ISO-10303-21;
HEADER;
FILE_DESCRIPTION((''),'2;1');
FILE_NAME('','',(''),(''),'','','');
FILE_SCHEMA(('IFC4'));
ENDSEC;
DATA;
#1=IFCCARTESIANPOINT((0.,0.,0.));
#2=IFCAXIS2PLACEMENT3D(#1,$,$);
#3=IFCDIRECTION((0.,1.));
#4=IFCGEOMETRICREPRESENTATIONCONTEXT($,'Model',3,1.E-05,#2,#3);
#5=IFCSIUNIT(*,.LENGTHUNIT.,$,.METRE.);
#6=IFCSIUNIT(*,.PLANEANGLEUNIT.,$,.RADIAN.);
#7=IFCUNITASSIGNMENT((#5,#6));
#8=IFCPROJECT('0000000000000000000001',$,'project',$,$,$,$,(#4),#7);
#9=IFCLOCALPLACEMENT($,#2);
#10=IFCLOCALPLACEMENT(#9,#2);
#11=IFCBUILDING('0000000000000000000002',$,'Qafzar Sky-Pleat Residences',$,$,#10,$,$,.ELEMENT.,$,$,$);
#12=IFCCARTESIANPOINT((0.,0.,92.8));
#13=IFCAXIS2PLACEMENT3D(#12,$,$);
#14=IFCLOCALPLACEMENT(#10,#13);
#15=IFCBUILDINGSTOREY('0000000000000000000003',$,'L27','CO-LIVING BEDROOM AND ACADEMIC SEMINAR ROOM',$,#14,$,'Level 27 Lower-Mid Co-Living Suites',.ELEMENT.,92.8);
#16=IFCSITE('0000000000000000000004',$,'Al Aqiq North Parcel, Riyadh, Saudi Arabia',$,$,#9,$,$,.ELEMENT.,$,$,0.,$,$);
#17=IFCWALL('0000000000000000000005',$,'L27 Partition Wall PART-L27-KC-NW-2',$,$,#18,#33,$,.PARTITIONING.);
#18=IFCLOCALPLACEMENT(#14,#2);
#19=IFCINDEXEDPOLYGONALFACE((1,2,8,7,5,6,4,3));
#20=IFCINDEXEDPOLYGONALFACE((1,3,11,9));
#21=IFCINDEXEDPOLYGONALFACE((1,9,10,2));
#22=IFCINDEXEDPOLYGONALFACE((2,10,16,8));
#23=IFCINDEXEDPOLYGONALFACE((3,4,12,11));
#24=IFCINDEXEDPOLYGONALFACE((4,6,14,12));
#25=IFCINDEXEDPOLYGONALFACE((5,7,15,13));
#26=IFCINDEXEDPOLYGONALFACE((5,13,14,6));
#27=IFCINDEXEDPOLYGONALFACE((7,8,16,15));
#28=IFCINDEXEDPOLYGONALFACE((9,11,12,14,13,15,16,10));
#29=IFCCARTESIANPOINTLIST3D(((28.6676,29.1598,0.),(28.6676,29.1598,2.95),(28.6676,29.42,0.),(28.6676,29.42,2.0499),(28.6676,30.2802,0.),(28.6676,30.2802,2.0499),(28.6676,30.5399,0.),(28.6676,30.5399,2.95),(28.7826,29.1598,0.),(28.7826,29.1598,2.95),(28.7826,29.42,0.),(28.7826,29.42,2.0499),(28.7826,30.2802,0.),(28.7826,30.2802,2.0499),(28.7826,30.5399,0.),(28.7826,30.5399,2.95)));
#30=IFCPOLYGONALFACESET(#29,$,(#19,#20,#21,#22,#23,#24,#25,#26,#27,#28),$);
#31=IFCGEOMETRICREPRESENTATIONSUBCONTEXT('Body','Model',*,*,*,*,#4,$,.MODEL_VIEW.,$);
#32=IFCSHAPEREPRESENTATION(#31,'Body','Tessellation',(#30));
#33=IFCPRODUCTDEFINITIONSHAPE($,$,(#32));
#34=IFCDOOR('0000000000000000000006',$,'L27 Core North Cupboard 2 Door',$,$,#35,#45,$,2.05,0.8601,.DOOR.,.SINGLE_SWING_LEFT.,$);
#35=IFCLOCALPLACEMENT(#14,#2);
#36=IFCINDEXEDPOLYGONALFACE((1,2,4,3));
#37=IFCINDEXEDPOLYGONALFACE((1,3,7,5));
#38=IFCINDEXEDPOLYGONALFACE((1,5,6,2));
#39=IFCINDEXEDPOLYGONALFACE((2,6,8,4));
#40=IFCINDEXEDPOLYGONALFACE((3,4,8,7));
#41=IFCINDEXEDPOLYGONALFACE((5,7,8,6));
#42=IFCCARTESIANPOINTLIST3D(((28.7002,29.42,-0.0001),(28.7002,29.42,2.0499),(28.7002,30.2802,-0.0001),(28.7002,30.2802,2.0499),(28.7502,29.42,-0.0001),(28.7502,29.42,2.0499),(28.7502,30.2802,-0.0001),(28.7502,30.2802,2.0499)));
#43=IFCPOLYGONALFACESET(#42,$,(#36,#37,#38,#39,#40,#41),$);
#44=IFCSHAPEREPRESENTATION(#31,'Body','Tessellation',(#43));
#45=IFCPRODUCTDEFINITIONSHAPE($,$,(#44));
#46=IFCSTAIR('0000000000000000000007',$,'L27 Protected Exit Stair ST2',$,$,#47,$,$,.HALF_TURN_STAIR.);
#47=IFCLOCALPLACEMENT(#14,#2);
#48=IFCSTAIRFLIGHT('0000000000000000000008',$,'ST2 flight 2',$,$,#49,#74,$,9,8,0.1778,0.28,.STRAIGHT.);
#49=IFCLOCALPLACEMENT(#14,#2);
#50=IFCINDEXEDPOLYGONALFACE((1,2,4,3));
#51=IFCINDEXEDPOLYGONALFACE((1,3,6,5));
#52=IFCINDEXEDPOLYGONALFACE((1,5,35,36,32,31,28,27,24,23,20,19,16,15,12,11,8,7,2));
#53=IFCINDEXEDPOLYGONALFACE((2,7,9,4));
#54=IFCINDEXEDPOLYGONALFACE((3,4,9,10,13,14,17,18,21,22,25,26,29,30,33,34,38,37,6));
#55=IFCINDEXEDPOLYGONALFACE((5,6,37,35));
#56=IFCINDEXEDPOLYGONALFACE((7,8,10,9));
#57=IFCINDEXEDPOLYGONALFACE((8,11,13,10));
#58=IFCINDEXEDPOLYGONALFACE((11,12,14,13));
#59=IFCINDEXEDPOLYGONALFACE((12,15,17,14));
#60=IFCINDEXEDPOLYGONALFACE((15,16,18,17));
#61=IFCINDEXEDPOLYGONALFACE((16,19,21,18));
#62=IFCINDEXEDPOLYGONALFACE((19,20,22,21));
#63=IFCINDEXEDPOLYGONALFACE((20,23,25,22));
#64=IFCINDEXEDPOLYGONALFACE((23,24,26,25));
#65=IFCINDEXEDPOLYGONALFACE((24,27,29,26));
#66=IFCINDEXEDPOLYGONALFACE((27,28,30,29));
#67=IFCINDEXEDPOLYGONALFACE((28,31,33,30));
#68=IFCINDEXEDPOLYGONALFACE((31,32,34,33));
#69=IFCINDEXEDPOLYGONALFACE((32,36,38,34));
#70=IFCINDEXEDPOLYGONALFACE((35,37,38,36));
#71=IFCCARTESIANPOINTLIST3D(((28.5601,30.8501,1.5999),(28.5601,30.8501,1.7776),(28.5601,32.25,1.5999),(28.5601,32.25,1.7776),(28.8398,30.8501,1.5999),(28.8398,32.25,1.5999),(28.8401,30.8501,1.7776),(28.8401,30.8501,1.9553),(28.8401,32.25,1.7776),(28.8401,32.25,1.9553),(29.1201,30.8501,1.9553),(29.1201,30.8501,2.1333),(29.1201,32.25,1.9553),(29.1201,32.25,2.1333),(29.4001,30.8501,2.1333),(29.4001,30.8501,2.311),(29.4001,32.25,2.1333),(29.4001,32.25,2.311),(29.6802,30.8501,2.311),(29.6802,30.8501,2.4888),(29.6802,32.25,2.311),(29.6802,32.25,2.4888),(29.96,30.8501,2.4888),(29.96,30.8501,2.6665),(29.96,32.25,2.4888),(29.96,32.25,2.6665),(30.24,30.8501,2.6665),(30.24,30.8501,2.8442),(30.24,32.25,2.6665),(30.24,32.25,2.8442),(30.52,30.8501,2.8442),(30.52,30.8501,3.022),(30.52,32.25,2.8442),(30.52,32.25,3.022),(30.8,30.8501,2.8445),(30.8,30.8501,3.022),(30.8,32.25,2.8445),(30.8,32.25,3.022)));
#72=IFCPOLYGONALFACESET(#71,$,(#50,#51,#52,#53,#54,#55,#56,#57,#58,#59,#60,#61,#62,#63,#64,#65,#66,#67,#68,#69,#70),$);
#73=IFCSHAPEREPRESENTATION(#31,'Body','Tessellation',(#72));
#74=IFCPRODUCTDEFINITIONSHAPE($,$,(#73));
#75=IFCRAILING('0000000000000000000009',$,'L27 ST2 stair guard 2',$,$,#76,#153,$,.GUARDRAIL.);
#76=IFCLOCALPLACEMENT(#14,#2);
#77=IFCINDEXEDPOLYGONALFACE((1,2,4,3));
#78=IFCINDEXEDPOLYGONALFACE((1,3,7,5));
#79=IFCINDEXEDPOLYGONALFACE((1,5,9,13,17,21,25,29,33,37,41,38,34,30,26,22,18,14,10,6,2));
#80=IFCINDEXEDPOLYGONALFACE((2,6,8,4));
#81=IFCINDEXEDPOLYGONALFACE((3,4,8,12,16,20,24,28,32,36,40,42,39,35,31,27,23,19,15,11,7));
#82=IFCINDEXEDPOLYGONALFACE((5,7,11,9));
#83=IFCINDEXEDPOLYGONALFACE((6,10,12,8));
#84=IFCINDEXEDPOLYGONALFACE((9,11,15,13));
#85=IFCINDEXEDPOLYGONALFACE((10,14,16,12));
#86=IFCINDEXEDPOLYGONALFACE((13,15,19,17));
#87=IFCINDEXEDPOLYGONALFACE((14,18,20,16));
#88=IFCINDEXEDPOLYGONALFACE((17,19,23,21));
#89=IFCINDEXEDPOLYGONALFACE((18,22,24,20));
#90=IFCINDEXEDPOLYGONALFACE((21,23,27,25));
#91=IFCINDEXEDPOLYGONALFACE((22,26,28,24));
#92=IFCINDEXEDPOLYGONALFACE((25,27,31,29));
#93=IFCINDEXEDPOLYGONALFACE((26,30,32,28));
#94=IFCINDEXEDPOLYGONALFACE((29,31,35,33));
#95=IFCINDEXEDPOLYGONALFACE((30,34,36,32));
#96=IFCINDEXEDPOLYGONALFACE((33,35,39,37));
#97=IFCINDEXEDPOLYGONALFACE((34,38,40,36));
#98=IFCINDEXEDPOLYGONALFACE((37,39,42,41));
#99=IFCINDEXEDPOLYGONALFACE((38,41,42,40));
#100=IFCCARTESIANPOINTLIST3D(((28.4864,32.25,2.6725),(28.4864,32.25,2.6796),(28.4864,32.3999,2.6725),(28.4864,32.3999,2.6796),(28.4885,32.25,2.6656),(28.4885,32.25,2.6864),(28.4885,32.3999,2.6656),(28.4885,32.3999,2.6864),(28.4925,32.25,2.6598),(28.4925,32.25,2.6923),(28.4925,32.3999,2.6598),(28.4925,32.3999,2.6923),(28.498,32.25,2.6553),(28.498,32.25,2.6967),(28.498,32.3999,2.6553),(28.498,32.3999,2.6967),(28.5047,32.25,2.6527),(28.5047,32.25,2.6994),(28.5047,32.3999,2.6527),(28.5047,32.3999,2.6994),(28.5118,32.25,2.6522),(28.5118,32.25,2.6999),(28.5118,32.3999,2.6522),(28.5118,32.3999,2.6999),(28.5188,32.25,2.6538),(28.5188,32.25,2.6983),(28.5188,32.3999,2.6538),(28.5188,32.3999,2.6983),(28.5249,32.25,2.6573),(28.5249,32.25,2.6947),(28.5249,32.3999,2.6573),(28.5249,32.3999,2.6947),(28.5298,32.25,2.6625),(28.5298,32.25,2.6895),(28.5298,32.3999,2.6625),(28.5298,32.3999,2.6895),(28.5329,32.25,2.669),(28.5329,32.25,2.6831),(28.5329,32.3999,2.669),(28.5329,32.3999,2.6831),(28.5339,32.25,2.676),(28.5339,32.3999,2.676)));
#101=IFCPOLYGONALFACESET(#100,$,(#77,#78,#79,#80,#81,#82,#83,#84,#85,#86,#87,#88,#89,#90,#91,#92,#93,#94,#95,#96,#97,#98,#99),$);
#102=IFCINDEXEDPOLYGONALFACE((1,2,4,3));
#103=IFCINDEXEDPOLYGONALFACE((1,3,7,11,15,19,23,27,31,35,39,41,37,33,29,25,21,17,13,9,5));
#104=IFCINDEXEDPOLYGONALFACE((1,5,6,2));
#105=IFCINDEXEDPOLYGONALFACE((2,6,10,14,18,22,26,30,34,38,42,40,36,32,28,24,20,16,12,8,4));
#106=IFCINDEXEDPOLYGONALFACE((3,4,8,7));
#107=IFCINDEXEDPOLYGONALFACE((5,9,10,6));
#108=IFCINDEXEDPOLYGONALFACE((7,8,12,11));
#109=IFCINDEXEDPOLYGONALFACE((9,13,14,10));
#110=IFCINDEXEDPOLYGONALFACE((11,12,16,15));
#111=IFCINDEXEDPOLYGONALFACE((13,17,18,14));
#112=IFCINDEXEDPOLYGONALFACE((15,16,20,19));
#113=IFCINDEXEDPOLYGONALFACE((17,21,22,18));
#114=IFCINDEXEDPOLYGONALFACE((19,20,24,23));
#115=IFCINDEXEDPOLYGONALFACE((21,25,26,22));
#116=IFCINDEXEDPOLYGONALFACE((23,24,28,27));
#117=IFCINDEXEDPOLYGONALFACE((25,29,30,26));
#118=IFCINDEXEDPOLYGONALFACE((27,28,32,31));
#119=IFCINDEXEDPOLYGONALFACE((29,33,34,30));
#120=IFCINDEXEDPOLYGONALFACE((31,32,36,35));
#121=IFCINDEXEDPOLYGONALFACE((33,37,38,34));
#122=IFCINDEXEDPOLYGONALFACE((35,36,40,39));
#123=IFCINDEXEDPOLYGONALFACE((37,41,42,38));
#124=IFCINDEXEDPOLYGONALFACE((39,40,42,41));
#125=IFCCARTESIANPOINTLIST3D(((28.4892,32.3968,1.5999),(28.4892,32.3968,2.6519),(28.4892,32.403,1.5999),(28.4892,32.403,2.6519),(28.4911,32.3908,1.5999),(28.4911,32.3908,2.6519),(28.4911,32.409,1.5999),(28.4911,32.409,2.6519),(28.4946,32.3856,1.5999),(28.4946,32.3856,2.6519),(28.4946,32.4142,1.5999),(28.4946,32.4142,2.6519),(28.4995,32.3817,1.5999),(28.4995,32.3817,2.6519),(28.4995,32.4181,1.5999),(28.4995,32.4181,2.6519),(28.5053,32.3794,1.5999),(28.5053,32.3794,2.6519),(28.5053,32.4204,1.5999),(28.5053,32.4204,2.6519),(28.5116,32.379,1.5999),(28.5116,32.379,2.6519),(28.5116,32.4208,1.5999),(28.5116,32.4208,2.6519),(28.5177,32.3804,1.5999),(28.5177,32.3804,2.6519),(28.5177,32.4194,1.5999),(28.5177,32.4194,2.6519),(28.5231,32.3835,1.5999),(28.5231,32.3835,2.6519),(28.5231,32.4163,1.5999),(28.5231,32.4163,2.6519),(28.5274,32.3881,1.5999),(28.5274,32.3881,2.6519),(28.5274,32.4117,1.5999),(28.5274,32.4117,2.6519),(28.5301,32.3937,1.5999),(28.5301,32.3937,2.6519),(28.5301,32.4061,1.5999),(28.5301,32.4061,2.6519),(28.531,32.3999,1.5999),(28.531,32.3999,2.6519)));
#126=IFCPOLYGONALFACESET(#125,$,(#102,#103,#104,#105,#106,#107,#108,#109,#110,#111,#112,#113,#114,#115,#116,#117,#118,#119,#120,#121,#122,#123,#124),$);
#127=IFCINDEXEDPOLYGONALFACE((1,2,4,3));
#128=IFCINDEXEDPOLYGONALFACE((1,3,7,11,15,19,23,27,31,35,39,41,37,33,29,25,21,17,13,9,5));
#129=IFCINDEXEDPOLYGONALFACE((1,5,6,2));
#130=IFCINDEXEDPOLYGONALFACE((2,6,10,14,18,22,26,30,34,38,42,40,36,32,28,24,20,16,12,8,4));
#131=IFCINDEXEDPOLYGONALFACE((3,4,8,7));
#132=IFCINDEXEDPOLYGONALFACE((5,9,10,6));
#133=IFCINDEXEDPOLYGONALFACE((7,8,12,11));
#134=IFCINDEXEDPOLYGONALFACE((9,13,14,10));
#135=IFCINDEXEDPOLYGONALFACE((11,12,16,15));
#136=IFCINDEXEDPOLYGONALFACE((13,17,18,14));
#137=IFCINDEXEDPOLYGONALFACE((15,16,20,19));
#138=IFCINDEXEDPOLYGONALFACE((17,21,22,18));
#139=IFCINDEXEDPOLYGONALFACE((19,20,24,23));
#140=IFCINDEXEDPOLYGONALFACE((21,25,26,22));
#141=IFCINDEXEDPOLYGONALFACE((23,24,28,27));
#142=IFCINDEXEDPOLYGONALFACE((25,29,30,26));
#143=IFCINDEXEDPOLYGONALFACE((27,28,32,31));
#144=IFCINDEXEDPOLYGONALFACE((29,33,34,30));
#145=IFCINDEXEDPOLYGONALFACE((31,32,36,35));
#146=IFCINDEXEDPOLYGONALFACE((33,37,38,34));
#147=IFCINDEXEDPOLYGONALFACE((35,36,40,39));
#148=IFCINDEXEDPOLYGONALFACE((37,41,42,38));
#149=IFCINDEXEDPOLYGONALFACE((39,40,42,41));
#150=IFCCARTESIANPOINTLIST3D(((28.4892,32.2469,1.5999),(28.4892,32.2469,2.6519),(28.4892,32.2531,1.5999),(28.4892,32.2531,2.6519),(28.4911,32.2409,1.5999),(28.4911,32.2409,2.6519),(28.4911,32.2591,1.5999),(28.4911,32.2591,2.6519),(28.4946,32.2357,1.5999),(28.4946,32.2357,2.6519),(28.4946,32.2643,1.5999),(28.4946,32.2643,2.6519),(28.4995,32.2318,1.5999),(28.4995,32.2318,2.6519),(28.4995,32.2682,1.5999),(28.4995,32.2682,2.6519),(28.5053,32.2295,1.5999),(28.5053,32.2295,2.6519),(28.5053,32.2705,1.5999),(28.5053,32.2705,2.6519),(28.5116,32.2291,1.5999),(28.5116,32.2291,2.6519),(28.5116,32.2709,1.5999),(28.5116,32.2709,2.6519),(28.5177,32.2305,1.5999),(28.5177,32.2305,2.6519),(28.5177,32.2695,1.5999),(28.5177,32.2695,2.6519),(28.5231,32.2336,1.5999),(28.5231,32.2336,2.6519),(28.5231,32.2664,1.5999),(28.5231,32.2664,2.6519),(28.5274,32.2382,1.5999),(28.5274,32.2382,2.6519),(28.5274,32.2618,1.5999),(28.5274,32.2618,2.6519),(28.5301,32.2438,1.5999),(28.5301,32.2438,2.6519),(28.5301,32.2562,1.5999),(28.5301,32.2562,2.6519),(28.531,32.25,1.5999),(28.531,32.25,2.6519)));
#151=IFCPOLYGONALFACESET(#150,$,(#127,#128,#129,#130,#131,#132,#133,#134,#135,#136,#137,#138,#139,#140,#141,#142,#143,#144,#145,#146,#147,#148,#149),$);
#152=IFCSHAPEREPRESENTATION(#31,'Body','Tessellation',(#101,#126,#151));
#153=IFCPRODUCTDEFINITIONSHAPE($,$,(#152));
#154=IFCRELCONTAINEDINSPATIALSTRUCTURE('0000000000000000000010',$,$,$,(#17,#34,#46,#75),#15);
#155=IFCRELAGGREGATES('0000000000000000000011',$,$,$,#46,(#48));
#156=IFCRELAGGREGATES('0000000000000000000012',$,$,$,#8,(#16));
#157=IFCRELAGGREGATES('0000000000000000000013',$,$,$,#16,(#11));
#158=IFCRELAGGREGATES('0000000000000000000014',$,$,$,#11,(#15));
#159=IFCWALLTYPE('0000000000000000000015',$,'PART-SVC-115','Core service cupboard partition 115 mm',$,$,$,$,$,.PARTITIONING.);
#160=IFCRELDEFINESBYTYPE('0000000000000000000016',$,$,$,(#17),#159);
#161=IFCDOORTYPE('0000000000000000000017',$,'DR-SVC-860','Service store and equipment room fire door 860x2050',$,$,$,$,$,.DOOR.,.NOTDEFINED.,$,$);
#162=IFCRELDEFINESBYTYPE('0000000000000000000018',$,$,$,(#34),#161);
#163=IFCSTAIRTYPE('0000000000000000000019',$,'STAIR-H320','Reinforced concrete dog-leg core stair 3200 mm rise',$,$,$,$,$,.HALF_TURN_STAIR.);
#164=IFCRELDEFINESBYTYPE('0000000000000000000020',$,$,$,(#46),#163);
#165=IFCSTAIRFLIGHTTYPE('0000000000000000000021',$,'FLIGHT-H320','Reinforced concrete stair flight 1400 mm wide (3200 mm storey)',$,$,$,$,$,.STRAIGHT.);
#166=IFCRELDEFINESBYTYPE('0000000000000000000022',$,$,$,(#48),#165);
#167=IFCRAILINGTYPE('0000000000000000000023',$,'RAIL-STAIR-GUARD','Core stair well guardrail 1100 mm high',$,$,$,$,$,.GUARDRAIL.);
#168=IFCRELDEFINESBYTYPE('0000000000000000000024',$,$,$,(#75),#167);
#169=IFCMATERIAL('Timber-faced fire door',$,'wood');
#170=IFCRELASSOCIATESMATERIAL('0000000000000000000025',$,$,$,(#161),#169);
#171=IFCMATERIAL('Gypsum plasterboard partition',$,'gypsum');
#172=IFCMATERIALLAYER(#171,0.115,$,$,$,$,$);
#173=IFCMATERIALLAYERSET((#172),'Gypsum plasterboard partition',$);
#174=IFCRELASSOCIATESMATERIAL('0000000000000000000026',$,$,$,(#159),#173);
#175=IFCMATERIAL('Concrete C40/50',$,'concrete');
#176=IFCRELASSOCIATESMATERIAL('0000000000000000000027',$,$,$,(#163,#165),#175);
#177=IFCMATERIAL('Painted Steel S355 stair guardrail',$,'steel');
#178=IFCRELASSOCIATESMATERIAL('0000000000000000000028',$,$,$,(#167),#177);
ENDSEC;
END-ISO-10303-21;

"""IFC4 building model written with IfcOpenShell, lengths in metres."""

from ifc_helpers import new_model, si_unit, direction, frame, frame_2d, origin, origin_2d, place, context, subcontext, project, spatial, polyline, rectangle, circle, outline, extrude, source, transform, mapped, material, layer, layer_set, type_object, element, fill, aggregate, save


model = new_model("IFC4")

# Units and contexts
model_context = context("Model", 3, precision=1e-05, world=origin(), true_north=direction((0.0, 1.0)))
body_context = subcontext(model_context, "Body", "Model", "MODEL_VIEW")
ifc_project = project(units=[si_unit("LENGTHUNIT", "METRE"), si_unit("PLANEANGLEUNIT", "RADIAN")], contexts=[model_context])

# Site, building, storey
site_placement = place(None, origin())
site = spatial("IfcSite", under=ifc_project, at=site_placement, Name="Al Aqiq North Parcel, Riyadh, Saudi Arabia", CompositionType="ELEMENT", RefElevation=0.0)
building_placement = place(site_placement, origin())
building = spatial("IfcBuilding", under=site, at=building_placement, Name="Qafzar Sky-Pleat Residences", CompositionType="ELEMENT")
storey_placement = place(building_placement, frame((0.0, 0.0, 92.8)))
storey = spatial("IfcBuildingStorey", under=building, at=storey_placement, Name="L27", Description="CO-LIVING BEDROOM AND ACADEMIC SEMINAR ROOM", LongName="Level 27 Lower-Mid Co-Living Suites", CompositionType="ELEMENT", Elevation=92.8)

# Shared definitions
ifc_material_1 = material(Name="Timber-faced fire door", Category="wood")
door_type_1 = type_object("IfcDoorType", Name="DR-SVC-860", Description="Service store and equipment room fire door 860x2050", OperationType="NOTDEFINED", PredefinedType="DOOR", material=ifc_material_1)
shared_shape_1 = source(origin(), body_context, "Body", "SweptSolid", [
    extrude(rectangle(XDim=0.8601, YDim=2.05, at=frame_2d((0.4302, 1.0249))), frame((0.0, 0.0249, 0.0), z_axis=(0.0, -1.0, 0.0), x_axis=(1.0, 0.0, 0.0)), (0.0, 0.0, 1.0), 0.05),
])

# Wall, opening, door
ifc_material_2 = material(Name="Gypsum plasterboard partition", Category="gypsum")
ifc_layer_1 = layer(ifc_material_2, 0.115)
ifc_layer_set_1 = layer_set([ifc_layer_1], Name="Gypsum plasterboard partition")
wall_type_1 = type_object("IfcWallType", Name="PART-SVC-115", Description="Core service cupboard partition 115 mm", PredefinedType="PARTITIONING", material=ifc_layer_set_1)
wall_1_placement = place(storey_placement, frame((28.7251, 29.1599, 0.0), z_axis=(0.0, 0.0, 1.0), x_axis=(0.0, 1.0, 0.0)))
wall_1 = element("IfcWall", 1, at=wall_1_placement, inside=storey, type_object=wall_type_1, Name="L27 Partition Wall PART-L27-KC-NW-2", PredefinedType="PARTITIONING", context=body_context, shape_type="SweptSolid", body=[
    extrude(rectangle(XDim=1.3801, YDim=0.115, at=frame_2d((0.6899, 0.0))), origin(), (0.0, 0.0, 1.0), 2.95),
])
opening_1_placement = place(wall_1_placement, frame((0.26, 0.0, 0.0)))
opening_1 = element("IfcOpeningElement", 2, at=opening_1_placement, cuts=wall_1, PredefinedType="OPENING", context=body_context, shape_type="SweptSolid", body=[
    extrude(rectangle(XDim=0.8601, YDim=2.05, at=frame_2d((0.4302, 1.0249))), frame((0.0, 0.0674, 0.0), z_axis=(0.0, -1.0, 0.0), x_axis=(1.0, 0.0, 0.0)), (0.0, 0.0, 1.0), 0.135),
])
door_1_placement = place(opening_1_placement, origin())
door_1 = element("IfcDoor", 3, at=door_1_placement, inside=storey, type_object=door_type_1, Name="L27 Core North Cupboard 2 Door", OperationType="SINGLE_SWING_LEFT", OverallHeight=2.05, OverallWidth=0.8601, PredefinedType="DOOR", context=body_context, shape_type="MappedRepresentation", body=[
    mapped(shared_shape_1, transform((0.0, 0.0, 0.0), x_axis=(1.0, 0.0, 0.0), y_axis=(0.0, 1.0, 0.0), z_axis=(0.0, 0.0, 1.0), scale=1.0)),
])
fill(opening_1, door_1)

# Stair, stair flight
ifc_material_3 = material(Name="Concrete C40/50", Category="concrete")
stair_type = type_object("IfcStairType", Name="STAIR-H320", Description="Reinforced concrete dog-leg core stair 3200 mm rise", PredefinedType="HALF_TURN_STAIR", material=ifc_material_3)
stair_placement = place(storey_placement, origin())
stair = element("IfcStair", 4, at=stair_placement, inside=storey, type_object=stair_type, Name="L27 Protected Exit Stair ST2", PredefinedType="HALF_TURN_STAIR")
stair_flight_type = type_object("IfcStairFlightType", Name="FLIGHT-H320", Description="Reinforced concrete stair flight 1400 mm wide (3200 mm storey)", PredefinedType="STRAIGHT", material=ifc_material_3)
shared_shape_2 = source(origin(), body_context, "Body", "SweptSolid", [
    extrude(outline(polyline([(0.0, 0.0), (0.0, 0.1777), (0.28, 0.1777), (0.28, 0.3555), (0.5601, 0.3555), (0.5601, 0.5334), (0.8401, 0.5334), (0.8401, 0.7112), (1.1201, 0.7112), (1.1201, 0.8889), (1.3999, 0.8889), (1.3999, 1.0667), (1.6799, 1.0667), (1.6799, 1.2444), (1.96, 1.2444), (1.96, 1.4221), (2.24, 1.4221), (2.24, 1.6001), (2.24, 1.2446), (0.2798, 0.0), (0.0, 0.0)])), frame((0.0, 0.7, 0.0), z_axis=(0.0, -1.0, 0.0), x_axis=(1.0, 0.0, 0.0)), (0.0, 0.0, 1.0), 1.3999),
])
stair_flight_placement = place(storey_placement, frame((28.5601, 31.55, 1.5999), z_axis=(0.0, 0.0, 1.0), x_axis=(1.0, 0.0, 0.0)))
stair_flight = element("IfcStairFlight", 5, at=stair_flight_placement, type_object=stair_flight_type, Name="ST2 flight 2", NumberOfRisers=9, NumberOfTreads=8, PredefinedType="STRAIGHT", RiserHeight=0.1778, TreadLength=0.28, context=body_context, shape_type="MappedRepresentation", body=[
    mapped(shared_shape_2, transform((0.0, 0.0, 0.0), x_axis=(1.0, 0.0, 0.0), y_axis=(0.0, 1.0, 0.0), z_axis=(0.0, 0.0, 1.0), scale=1.0)),
])
aggregate(stair, [stair_flight])

# Railing
ifc_material_4 = material(Name="Painted Steel S355 stair guardrail", Category="steel")
railing_type_1 = type_object("IfcRailingType", Name="RAIL-STAIR-GUARD", Description="Core stair well guardrail 1100 mm high", PredefinedType="GUARDRAIL", material=ifc_material_4)
shared_shape_3 = source(origin(), body_context, "Body", "SweptSolid", [
    extrude(circle(Radius=0.0239, at=origin_2d()), frame((0.0, 0.0, 1.0762), z_axis=(0.0, -1.0, 0.0), x_axis=(1.0, 0.0, 0.0)), (0.0, 0.0, 1.0), 0.1499),
    extrude(circle(Radius=0.021, at=origin_2d()), origin(), (0.0, 0.0, 1.0), 1.052),
    extrude(circle(Radius=0.021, at=origin_2d()), frame((0.0, -0.1499, 0.0)), (0.0, 0.0, 1.0), 1.052),
])
railing_1_placement = place(storey_placement, frame((28.51, 32.3999, 1.5999)))
element("IfcRailing", 6, at=railing_1_placement, inside=storey, type_object=railing_type_1, Name="L27 ST2 stair guard 2", PredefinedType="GUARDRAIL", context=body_context, shape_type="MappedRepresentation", body=[
    mapped(shared_shape_3, transform((0.0, 0.0, 0.0), x_axis=(1.0, 0.0, 0.0), y_axis=(0.0, 1.0, 0.0), z_axis=(0.0, 0.0, 1.0), scale=1.0)),
])

save(model, "model.ifc")
